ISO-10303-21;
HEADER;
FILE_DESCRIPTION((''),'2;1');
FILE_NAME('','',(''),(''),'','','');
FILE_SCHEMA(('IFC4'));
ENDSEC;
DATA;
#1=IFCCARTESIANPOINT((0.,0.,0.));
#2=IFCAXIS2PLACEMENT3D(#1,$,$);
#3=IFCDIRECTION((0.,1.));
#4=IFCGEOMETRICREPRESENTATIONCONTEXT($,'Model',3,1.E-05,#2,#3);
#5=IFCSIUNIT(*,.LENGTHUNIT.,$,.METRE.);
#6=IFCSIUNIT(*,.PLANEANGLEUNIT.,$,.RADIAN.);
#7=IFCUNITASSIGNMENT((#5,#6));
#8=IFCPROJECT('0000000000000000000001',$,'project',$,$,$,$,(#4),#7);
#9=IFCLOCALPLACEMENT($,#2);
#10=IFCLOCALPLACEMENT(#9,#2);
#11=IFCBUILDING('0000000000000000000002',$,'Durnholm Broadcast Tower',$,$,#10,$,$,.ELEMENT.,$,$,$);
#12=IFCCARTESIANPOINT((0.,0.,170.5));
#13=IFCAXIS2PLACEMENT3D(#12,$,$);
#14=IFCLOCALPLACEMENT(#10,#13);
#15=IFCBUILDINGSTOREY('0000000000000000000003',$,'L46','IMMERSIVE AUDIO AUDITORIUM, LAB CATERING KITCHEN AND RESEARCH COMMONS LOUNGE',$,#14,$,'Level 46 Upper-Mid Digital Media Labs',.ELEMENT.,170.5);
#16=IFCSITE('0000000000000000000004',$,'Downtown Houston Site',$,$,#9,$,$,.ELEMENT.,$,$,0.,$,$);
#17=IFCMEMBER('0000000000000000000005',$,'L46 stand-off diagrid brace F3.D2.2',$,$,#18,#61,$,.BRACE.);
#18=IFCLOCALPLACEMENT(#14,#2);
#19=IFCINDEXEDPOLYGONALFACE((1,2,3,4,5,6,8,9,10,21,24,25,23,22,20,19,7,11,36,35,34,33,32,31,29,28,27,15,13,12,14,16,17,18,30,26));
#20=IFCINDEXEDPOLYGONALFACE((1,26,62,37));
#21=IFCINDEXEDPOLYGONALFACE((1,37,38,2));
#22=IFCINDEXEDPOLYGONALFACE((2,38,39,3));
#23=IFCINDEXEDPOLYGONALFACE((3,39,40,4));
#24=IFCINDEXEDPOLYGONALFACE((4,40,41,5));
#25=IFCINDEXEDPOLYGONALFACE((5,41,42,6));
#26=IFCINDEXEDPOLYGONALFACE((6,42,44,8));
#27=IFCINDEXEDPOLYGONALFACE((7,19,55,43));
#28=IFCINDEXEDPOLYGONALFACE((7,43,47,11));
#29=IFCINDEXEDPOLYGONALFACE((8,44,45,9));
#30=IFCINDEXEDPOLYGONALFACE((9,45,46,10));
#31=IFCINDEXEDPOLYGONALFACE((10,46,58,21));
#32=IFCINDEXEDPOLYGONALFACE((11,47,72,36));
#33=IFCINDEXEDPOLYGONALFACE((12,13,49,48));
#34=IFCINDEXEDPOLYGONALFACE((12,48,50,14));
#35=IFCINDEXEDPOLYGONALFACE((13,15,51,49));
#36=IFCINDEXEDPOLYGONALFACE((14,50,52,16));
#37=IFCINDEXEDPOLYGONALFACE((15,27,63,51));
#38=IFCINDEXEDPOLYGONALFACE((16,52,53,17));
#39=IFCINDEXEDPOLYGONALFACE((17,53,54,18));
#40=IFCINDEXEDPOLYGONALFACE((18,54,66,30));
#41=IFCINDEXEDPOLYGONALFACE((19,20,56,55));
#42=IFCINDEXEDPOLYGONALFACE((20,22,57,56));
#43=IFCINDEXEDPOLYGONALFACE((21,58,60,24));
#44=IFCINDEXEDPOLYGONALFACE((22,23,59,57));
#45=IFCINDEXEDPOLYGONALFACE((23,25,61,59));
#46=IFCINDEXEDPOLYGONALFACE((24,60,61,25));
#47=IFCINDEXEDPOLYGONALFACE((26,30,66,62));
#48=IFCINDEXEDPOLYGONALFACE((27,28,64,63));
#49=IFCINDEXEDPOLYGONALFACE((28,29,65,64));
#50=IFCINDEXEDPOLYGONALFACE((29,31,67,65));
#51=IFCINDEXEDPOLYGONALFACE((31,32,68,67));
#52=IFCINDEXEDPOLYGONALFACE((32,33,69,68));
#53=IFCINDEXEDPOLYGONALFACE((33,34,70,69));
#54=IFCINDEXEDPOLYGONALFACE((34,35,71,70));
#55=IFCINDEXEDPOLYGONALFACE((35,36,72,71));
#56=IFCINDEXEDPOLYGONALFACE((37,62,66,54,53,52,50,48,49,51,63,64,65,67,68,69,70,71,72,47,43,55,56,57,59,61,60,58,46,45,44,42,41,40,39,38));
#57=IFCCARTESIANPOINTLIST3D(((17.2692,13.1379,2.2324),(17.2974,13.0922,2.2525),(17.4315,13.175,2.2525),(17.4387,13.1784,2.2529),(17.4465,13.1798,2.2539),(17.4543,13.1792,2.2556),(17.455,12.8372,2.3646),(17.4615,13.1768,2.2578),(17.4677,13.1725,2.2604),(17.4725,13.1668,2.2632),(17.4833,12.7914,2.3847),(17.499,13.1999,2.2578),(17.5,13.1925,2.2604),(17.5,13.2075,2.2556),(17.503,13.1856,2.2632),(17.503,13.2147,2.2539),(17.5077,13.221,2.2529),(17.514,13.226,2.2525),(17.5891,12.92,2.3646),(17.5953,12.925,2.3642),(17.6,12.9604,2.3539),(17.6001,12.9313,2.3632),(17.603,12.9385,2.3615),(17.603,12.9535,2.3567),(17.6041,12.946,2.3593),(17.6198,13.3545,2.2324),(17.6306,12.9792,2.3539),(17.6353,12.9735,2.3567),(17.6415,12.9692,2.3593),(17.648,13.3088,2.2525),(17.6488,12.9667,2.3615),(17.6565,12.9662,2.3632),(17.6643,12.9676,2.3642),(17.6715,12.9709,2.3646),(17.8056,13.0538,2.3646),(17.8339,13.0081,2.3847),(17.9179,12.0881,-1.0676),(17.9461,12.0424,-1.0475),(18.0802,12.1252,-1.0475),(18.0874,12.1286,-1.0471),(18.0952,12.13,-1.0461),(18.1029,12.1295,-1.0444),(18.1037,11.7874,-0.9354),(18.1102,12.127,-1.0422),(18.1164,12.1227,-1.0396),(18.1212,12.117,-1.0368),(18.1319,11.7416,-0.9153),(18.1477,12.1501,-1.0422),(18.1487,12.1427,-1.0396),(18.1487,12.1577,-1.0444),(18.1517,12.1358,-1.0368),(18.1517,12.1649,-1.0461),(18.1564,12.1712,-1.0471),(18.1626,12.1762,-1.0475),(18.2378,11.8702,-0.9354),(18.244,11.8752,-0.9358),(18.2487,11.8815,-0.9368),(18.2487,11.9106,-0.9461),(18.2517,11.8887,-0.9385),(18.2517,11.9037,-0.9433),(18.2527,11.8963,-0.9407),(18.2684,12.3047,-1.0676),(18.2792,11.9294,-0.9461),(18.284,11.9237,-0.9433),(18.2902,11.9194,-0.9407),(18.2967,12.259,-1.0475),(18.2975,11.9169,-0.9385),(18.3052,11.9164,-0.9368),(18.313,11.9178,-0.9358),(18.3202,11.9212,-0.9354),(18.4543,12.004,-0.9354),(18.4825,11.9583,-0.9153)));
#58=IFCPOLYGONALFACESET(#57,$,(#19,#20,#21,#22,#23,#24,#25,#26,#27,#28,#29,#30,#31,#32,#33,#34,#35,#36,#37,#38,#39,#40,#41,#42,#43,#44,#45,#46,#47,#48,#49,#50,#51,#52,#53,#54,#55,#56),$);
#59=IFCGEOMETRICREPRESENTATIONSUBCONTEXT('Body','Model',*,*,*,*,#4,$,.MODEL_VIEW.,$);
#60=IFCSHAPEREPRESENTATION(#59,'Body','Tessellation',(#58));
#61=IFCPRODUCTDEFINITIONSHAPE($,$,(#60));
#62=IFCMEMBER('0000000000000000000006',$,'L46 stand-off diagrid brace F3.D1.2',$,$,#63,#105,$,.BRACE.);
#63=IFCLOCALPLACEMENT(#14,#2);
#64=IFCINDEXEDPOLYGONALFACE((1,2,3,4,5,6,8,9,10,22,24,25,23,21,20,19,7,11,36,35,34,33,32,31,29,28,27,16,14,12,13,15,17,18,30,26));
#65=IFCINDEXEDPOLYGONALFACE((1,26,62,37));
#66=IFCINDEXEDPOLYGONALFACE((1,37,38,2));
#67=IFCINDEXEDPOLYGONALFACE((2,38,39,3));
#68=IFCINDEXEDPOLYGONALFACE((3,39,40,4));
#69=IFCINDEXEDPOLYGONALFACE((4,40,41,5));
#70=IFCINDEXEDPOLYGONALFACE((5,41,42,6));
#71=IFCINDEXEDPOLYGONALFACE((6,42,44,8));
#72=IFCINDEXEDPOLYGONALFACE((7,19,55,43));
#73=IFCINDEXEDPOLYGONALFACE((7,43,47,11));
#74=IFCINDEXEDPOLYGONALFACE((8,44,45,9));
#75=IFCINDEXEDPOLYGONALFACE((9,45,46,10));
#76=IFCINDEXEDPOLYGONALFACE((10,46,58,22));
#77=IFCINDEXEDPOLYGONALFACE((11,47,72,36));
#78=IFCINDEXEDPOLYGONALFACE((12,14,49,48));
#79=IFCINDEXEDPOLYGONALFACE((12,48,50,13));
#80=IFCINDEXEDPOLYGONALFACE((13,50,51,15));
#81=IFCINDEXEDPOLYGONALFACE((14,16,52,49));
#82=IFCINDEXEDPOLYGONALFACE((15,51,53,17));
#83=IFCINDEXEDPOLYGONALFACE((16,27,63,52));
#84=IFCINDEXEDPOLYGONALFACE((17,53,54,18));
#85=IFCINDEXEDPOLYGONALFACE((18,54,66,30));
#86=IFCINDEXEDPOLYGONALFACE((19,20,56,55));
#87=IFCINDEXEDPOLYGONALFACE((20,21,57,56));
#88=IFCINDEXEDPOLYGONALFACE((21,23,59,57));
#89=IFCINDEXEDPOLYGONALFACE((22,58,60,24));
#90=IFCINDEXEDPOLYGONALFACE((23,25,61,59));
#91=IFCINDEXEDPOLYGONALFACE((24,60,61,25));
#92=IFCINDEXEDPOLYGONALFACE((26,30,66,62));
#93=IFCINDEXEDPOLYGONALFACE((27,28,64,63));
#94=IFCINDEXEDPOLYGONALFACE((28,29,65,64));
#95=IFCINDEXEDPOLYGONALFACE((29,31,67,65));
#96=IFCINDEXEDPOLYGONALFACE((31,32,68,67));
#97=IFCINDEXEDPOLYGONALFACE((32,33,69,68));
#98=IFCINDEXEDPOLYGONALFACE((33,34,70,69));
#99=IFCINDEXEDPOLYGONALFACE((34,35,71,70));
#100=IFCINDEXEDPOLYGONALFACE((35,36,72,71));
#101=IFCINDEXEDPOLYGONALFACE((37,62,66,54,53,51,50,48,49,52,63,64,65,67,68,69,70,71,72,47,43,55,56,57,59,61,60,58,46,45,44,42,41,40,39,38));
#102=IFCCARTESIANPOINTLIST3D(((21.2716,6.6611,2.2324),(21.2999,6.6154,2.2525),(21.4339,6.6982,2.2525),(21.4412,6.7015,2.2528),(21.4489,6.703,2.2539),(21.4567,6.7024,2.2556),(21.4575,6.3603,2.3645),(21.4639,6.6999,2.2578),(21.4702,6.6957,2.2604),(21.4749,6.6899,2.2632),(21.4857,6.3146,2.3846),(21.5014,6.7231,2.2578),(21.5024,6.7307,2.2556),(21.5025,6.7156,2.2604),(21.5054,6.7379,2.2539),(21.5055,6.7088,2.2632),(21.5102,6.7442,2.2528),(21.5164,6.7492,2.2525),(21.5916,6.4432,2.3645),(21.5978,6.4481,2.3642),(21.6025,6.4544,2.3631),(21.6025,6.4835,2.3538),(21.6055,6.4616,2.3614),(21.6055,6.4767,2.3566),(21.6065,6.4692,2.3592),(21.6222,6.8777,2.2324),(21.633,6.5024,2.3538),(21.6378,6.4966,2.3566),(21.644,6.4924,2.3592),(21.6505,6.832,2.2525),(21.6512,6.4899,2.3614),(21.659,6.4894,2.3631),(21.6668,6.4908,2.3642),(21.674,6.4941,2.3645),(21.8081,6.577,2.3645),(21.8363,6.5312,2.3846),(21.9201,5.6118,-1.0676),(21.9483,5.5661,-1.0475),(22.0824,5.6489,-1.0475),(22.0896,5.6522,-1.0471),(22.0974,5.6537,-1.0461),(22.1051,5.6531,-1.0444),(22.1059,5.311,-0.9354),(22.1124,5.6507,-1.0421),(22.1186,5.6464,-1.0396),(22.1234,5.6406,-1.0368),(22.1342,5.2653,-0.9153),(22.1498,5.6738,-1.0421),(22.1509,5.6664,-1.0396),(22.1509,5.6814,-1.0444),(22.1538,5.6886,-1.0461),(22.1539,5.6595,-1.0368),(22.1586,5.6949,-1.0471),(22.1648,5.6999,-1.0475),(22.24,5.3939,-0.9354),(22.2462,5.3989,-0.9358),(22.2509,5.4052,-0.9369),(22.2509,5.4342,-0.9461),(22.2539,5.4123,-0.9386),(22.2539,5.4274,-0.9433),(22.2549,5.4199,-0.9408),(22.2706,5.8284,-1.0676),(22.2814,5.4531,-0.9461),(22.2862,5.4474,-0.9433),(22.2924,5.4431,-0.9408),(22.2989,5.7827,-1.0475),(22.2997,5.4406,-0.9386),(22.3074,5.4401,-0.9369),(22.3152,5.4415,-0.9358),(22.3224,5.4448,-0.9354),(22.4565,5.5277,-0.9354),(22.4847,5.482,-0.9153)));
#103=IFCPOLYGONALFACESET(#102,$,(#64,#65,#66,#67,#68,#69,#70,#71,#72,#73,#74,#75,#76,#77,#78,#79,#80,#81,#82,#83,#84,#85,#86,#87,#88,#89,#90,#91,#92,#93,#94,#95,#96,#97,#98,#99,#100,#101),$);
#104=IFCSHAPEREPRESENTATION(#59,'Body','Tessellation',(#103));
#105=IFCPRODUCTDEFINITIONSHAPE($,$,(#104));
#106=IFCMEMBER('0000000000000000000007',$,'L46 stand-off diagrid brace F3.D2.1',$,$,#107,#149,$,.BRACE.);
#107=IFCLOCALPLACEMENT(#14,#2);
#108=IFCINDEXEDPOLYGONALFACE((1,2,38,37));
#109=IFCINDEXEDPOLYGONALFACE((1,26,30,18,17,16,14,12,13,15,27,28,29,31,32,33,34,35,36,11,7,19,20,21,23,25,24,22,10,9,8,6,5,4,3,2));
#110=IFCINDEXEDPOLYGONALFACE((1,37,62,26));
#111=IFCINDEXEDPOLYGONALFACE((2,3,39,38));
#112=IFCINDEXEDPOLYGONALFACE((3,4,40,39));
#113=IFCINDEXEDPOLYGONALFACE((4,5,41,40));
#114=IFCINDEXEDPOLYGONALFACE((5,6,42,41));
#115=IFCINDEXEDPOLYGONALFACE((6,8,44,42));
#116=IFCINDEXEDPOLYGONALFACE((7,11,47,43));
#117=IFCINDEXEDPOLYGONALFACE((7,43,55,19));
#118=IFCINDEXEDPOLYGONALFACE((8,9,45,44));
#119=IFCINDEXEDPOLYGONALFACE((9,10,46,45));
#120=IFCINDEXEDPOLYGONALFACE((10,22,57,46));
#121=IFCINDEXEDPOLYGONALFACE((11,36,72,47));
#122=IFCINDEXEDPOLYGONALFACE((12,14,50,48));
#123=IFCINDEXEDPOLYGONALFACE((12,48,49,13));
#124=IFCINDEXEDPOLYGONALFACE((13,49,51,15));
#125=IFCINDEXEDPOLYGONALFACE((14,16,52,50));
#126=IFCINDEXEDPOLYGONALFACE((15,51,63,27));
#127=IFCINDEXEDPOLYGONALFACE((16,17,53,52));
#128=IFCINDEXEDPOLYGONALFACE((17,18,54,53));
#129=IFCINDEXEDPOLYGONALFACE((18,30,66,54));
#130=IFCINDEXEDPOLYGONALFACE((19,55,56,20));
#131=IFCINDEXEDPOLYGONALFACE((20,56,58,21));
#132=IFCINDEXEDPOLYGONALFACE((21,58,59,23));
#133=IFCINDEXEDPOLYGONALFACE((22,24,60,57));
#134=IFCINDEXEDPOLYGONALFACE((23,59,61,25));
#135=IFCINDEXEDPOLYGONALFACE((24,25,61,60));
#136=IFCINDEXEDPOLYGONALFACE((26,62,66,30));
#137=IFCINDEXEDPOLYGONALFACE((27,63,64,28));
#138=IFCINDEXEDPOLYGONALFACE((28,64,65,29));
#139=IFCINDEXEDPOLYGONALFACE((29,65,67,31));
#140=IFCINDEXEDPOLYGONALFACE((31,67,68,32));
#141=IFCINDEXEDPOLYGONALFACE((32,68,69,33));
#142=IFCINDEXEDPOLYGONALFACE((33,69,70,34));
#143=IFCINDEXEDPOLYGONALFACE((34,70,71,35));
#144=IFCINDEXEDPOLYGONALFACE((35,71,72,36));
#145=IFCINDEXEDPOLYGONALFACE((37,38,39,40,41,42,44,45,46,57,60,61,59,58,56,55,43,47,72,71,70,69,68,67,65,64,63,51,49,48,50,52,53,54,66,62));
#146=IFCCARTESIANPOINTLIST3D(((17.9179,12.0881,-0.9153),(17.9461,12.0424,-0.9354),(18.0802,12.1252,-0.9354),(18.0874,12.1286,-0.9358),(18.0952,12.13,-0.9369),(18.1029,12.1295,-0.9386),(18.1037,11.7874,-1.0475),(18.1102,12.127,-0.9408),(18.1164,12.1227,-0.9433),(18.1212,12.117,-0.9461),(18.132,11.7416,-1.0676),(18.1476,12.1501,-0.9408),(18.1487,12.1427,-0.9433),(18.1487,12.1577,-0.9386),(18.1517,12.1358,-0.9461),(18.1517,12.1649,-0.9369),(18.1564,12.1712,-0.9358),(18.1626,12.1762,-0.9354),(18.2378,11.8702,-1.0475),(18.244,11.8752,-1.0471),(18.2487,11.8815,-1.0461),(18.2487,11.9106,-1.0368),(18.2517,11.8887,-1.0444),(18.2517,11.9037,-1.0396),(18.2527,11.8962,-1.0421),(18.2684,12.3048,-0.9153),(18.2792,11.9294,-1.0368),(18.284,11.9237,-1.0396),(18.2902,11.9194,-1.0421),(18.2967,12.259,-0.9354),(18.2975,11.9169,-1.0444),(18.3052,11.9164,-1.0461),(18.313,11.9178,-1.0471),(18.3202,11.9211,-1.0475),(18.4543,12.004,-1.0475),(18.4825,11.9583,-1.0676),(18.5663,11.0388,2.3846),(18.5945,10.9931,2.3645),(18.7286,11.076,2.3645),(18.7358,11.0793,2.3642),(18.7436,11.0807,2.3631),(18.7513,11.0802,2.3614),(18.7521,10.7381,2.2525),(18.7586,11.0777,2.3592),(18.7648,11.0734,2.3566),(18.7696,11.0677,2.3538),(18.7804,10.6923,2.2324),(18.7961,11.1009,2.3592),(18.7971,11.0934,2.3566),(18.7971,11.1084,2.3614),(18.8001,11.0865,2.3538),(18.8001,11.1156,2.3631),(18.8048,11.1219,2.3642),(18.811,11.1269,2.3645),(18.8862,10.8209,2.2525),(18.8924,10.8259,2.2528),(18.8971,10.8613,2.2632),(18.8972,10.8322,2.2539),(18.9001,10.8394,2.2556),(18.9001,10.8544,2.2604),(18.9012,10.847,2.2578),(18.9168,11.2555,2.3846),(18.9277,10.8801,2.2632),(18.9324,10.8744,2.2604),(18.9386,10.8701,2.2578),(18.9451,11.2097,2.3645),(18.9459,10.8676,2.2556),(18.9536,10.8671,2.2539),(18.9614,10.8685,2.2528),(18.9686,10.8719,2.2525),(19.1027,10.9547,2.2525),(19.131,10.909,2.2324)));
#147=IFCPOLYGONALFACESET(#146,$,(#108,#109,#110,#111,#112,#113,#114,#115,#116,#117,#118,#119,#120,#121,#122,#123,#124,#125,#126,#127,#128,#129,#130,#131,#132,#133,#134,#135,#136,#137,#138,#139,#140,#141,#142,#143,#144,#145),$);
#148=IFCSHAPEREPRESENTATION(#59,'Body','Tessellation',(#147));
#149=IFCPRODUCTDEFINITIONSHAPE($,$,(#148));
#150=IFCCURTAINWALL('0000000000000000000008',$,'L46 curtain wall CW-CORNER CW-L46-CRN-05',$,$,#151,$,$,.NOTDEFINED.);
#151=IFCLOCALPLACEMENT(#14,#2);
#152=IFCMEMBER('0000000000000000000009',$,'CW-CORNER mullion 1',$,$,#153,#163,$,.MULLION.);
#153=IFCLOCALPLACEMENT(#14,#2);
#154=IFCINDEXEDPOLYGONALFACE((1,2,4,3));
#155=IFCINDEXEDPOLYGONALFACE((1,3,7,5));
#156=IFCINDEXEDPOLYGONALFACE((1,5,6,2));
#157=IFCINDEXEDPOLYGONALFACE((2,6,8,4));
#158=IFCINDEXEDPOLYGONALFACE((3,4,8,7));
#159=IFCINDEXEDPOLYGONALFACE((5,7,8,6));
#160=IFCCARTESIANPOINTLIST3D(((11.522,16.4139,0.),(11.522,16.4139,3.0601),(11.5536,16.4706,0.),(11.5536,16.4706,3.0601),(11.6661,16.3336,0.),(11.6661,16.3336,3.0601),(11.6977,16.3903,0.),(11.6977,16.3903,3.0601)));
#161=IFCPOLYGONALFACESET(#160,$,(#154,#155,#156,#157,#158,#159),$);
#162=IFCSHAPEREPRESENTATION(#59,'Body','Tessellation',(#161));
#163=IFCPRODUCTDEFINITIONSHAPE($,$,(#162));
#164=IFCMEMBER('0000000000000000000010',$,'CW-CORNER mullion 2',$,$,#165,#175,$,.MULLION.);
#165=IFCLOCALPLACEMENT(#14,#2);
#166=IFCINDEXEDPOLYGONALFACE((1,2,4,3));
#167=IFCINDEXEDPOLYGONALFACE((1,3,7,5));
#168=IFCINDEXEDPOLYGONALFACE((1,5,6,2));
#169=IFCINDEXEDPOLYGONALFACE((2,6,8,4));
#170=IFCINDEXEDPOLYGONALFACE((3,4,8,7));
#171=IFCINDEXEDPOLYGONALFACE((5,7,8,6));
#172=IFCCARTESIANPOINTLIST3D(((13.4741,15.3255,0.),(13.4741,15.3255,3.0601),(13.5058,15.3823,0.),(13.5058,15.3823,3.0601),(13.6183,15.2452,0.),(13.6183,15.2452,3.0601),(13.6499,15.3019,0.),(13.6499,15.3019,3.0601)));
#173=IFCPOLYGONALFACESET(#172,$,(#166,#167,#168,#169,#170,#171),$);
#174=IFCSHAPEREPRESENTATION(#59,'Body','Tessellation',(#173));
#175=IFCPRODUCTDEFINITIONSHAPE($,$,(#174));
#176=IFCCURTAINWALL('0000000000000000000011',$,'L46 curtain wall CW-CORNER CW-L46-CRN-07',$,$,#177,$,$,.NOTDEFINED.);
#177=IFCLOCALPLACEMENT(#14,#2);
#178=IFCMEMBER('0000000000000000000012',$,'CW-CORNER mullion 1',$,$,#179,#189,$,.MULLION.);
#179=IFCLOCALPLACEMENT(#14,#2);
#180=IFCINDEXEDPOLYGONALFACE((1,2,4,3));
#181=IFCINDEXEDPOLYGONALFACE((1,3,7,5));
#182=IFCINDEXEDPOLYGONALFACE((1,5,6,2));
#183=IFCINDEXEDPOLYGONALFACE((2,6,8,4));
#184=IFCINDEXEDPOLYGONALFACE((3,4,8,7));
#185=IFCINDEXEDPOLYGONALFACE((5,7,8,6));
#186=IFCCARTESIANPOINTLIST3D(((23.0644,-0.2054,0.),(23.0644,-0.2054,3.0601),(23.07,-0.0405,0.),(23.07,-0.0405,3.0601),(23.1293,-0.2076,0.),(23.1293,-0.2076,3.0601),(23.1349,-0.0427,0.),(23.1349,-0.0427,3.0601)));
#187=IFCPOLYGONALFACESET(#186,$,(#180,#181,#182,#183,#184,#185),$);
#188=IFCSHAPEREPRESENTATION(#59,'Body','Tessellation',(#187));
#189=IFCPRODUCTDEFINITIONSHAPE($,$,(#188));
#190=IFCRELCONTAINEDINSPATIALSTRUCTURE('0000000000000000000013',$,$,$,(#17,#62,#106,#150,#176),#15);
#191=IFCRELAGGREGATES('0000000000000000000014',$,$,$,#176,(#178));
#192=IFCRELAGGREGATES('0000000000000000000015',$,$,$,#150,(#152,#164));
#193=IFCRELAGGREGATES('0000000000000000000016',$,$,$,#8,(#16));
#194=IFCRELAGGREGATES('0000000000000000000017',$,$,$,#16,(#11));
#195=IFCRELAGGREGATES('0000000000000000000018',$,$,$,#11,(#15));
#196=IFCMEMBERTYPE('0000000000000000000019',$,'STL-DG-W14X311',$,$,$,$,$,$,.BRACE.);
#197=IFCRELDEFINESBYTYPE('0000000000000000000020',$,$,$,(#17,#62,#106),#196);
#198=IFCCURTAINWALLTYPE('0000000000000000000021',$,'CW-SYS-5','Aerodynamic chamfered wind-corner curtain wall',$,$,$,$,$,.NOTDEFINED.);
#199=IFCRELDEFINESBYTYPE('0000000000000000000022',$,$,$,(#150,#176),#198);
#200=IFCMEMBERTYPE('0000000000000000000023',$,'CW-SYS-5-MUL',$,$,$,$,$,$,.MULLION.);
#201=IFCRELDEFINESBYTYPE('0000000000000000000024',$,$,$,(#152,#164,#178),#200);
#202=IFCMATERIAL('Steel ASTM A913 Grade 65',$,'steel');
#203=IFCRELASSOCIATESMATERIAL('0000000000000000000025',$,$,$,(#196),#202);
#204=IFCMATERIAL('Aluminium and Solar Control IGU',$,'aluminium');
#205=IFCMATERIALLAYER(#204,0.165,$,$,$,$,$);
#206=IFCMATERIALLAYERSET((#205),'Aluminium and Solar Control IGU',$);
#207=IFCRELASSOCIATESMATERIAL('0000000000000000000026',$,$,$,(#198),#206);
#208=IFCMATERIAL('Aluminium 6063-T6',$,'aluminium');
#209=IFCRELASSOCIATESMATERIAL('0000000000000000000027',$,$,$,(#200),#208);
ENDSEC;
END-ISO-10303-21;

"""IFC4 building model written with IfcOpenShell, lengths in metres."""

from ifc_helpers import new_model, si_unit, direction, frame, origin, origin_2d, place, context, subcontext, project, spatial, rectangle, i_section, extrude, source, transform, mapped, material, layer, layer_set, material_profile, profile_set, type_object, type_shapes, element, aggregate, save


model = new_model("IFC4")

# Units and contexts
model_context = context("Model", 3, precision=1e-05, world=origin(), true_north=direction((0.0, 1.0)))
body_context = subcontext(model_context, "Body", "Model", "MODEL_VIEW")
ifc_project = project(units=[si_unit("LENGTHUNIT", "METRE"), si_unit("PLANEANGLEUNIT", "RADIAN")], contexts=[model_context])

# Site, building, storey
site_placement = place(None, origin())
site = spatial("IfcSite", under=ifc_project, at=site_placement, Name="Downtown Houston Site", CompositionType="ELEMENT", RefElevation=0.0)
building_placement = place(site_placement, origin())
building = spatial("IfcBuilding", under=site, at=building_placement, Name="Durnholm Broadcast Tower", CompositionType="ELEMENT")
storey_placement = place(building_placement, frame((0.0, 0.0, 170.5)))
storey = spatial("IfcBuildingStorey", under=building, at=storey_placement, Name="L46", Description="IMMERSIVE AUDIO AUDITORIUM, LAB CATERING KITCHEN AND RESEARCH COMMONS LOUNGE", LongName="Level 46 Upper-Mid Digital Media Labs", CompositionType="ELEMENT", Elevation=170.5)

# Members
ifc_material_1 = material(Name="Steel ASTM A913 Grade 65", Category="steel")
ifc_material_profile_1 = material_profile(ifc_material_1, i_section(OverallWidth=0.4121, OverallDepth=0.4348, WebThickness=0.0359, FlangeThickness=0.0574, FilletRadius=0.0305, at=origin_2d()), Name="W14X311")
ifc_profile_set_1 = profile_set([ifc_material_profile_1], Name="Steel ASTM A913 Grade 65")
member_type_1 = type_object("IfcMemberType", Name="STL-DG-W14X311", PredefinedType="BRACE", material=ifc_profile_set_1)
shared_shape_1 = source(origin(), body_context, "Body", "SweptSolid", [
    extrude(i_section(OverallWidth=0.4121, OverallDepth=0.4348, WebThickness=0.0359, FlangeThickness=0.0574, FilletRadius=0.0305, at=origin_2d()), origin(), (0.0, 0.0, 1.0), 3.5232),
])
for number, where, z_axis, x_axis, name in (
    (1, (18.2002, 12.0232, -0.9915), (-0.184115, 0.297966, 0.936652), (-0.850699, -0.525653, 0.0), "L46 stand-off diagrid brace F3.D2.2"),
):
    element("IfcMember", number, at=place(storey_placement, frame(where, z_axis=z_axis, x_axis=x_axis)), inside=storey, type_object=member_type_1, Name=name, PredefinedType="BRACE", context=body_context, shape_type="MappedRepresentation", body=[
        mapped(shared_shape_1, transform((0.0, 0.0, 0.0), x_axis=(1.0, 0.0, 0.0), y_axis=(0.0, 1.0, 0.0), z_axis=(0.0, 0.0, 1.0), scale=1.0)),
    ])
shared_shape_2 = source(origin(), body_context, "Body", "SweptSolid", [
    extrude(i_section(OverallWidth=0.4121, OverallDepth=0.4348, WebThickness=0.0359, FlangeThickness=0.0574, FilletRadius=0.0305, at=origin_2d()), origin(), (0.0, 0.0, 1.0), 3.5229),
])
type_shapes(member_type_1, [shared_shape_1, shared_shape_2])
for number, where, z_axis, x_axis, name in (
    (2, (22.2024, 5.5469, -0.9915), (-0.184056, 0.297843, 0.936703), (-0.850678, -0.525687, 0.0), "L46 stand-off diagrid brace F3.D1.2"),
    (3, (18.2002, 12.0232, -0.9915), (0.184056, -0.297843, 0.936703), (0.850678, 0.525687, 0.0), "L46 stand-off diagrid brace F3.D2.1"),
):
    element("IfcMember", number, at=place(storey_placement, frame(where, z_axis=z_axis, x_axis=x_axis)), inside=storey, type_object=member_type_1, Name=name, PredefinedType="BRACE", context=body_context, shape_type="MappedRepresentation", body=[
        mapped(shared_shape_2, transform((0.0, 0.0, 0.0), x_axis=(1.0, 0.0, 0.0), y_axis=(0.0, 1.0, 0.0), z_axis=(0.0, 0.0, 1.0), scale=1.0)),
    ])

# Curtain wall, members
ifc_material_2 = material(Name="Aluminium and Solar Control IGU", Category="aluminium")
ifc_layer_1 = layer(ifc_material_2, 0.165)
ifc_layer_set_1 = layer_set([ifc_layer_1], Name="Aluminium and Solar Control IGU")
curtain_wall_type_1 = type_object("IfcCurtainWallType", Name="CW-SYS-5", Description="Aerodynamic chamfered wind-corner curtain wall", PredefinedType="NOTDEFINED", material=ifc_layer_set_1)
curtain_wall_1_placement = place(storey_placement, origin())
curtain_wall_1 = element("IfcCurtainWall", 4, at=curtain_wall_1_placement, inside=storey, type_object=curtain_wall_type_1, Name="L46 curtain wall CW-CORNER CW-L46-CRN-05", PredefinedType="NOTDEFINED")
ifc_material_3 = material(Name="Aluminium 6063-T6", Category="aluminium")
ifc_material_profile_2 = material_profile(ifc_material_3, rectangle(XDim=0.0649, YDim=0.165, at=origin_2d()), Name="CWM65X165")
ifc_profile_set_2 = profile_set([ifc_material_profile_2], Name="Aluminium 6063-T6")
member_type_2 = type_object("IfcMemberType", Name="CW-SYS-5-MUL", PredefinedType="MULLION", material=ifc_profile_set_2)
shared_shape_3 = source(origin(), body_context, "Body", "SweptSolid", [
    extrude(rectangle(XDim=0.0649, YDim=0.165, at=origin_2d()), origin(), (0.0, 0.0, 1.0), 3.0601),
])
type_shapes(member_type_2, [shared_shape_3])
member_1_placement = place(storey_placement, frame((11.6099, 16.4021, 0.0), z_axis=(0.0, 0.0, 1.0), x_axis=(0.486986, 0.87341, 0.0)))
member_1 = element("IfcMember", 5, at=member_1_placement, type_object=member_type_2, Name="CW-CORNER mullion 1", PredefinedType="MULLION", context=body_context, shape_type="MappedRepresentation", body=[
    mapped(shared_shape_3, transform((0.0, 0.0, 0.0), x_axis=(1.0, 0.0, 0.0), y_axis=(0.0, 1.0, 0.0), z_axis=(0.0, 0.0, 1.0), scale=1.0)),
])
member_2_placement = place(storey_placement, frame((13.562, 15.3137, 0.0), z_axis=(0.0, 0.0, 1.0), x_axis=(0.486986, 0.87341, 0.0)))
member_2 = element("IfcMember", 6, at=member_2_placement, type_object=member_type_2, Name="CW-CORNER mullion 2", PredefinedType="MULLION", context=body_context, shape_type="MappedRepresentation", body=[
    mapped(shared_shape_3, transform((0.0, 0.0, 0.0), x_axis=(1.0, 0.0, 0.0), y_axis=(0.0, 1.0, 0.0), z_axis=(0.0, 0.0, 1.0), scale=1.0)),
])

# Curtain wall, member
curtain_wall_2_placement = place(storey_placement, origin())
curtain_wall_2 = element("IfcCurtainWall", 7, at=curtain_wall_2_placement, inside=storey, type_object=curtain_wall_type_1, Name="L46 curtain wall CW-CORNER CW-L46-CRN-07", PredefinedType="NOTDEFINED")
member_3_placement = place(storey_placement, frame((23.0996, -0.124, 0.0), z_axis=(0.0, 0.0, 1.0), x_axis=(0.999425, -0.033913, 0.0)))
member_3 = element("IfcMember", 8, at=member_3_placement, type_object=member_type_2, Name="CW-CORNER mullion 1", PredefinedType="MULLION", context=body_context, shape_type="MappedRepresentation", body=[
    mapped(shared_shape_3, transform((0.0, 0.0, 0.0), x_axis=(1.0, 0.0, 0.0), y_axis=(0.0, 1.0, 0.0), z_axis=(0.0, 0.0, 1.0), scale=1.0)),
])

aggregate(curtain_wall_2, [member_3])
aggregate(curtain_wall_1, [member_1, member_2])

save(model, "model.ifc")
